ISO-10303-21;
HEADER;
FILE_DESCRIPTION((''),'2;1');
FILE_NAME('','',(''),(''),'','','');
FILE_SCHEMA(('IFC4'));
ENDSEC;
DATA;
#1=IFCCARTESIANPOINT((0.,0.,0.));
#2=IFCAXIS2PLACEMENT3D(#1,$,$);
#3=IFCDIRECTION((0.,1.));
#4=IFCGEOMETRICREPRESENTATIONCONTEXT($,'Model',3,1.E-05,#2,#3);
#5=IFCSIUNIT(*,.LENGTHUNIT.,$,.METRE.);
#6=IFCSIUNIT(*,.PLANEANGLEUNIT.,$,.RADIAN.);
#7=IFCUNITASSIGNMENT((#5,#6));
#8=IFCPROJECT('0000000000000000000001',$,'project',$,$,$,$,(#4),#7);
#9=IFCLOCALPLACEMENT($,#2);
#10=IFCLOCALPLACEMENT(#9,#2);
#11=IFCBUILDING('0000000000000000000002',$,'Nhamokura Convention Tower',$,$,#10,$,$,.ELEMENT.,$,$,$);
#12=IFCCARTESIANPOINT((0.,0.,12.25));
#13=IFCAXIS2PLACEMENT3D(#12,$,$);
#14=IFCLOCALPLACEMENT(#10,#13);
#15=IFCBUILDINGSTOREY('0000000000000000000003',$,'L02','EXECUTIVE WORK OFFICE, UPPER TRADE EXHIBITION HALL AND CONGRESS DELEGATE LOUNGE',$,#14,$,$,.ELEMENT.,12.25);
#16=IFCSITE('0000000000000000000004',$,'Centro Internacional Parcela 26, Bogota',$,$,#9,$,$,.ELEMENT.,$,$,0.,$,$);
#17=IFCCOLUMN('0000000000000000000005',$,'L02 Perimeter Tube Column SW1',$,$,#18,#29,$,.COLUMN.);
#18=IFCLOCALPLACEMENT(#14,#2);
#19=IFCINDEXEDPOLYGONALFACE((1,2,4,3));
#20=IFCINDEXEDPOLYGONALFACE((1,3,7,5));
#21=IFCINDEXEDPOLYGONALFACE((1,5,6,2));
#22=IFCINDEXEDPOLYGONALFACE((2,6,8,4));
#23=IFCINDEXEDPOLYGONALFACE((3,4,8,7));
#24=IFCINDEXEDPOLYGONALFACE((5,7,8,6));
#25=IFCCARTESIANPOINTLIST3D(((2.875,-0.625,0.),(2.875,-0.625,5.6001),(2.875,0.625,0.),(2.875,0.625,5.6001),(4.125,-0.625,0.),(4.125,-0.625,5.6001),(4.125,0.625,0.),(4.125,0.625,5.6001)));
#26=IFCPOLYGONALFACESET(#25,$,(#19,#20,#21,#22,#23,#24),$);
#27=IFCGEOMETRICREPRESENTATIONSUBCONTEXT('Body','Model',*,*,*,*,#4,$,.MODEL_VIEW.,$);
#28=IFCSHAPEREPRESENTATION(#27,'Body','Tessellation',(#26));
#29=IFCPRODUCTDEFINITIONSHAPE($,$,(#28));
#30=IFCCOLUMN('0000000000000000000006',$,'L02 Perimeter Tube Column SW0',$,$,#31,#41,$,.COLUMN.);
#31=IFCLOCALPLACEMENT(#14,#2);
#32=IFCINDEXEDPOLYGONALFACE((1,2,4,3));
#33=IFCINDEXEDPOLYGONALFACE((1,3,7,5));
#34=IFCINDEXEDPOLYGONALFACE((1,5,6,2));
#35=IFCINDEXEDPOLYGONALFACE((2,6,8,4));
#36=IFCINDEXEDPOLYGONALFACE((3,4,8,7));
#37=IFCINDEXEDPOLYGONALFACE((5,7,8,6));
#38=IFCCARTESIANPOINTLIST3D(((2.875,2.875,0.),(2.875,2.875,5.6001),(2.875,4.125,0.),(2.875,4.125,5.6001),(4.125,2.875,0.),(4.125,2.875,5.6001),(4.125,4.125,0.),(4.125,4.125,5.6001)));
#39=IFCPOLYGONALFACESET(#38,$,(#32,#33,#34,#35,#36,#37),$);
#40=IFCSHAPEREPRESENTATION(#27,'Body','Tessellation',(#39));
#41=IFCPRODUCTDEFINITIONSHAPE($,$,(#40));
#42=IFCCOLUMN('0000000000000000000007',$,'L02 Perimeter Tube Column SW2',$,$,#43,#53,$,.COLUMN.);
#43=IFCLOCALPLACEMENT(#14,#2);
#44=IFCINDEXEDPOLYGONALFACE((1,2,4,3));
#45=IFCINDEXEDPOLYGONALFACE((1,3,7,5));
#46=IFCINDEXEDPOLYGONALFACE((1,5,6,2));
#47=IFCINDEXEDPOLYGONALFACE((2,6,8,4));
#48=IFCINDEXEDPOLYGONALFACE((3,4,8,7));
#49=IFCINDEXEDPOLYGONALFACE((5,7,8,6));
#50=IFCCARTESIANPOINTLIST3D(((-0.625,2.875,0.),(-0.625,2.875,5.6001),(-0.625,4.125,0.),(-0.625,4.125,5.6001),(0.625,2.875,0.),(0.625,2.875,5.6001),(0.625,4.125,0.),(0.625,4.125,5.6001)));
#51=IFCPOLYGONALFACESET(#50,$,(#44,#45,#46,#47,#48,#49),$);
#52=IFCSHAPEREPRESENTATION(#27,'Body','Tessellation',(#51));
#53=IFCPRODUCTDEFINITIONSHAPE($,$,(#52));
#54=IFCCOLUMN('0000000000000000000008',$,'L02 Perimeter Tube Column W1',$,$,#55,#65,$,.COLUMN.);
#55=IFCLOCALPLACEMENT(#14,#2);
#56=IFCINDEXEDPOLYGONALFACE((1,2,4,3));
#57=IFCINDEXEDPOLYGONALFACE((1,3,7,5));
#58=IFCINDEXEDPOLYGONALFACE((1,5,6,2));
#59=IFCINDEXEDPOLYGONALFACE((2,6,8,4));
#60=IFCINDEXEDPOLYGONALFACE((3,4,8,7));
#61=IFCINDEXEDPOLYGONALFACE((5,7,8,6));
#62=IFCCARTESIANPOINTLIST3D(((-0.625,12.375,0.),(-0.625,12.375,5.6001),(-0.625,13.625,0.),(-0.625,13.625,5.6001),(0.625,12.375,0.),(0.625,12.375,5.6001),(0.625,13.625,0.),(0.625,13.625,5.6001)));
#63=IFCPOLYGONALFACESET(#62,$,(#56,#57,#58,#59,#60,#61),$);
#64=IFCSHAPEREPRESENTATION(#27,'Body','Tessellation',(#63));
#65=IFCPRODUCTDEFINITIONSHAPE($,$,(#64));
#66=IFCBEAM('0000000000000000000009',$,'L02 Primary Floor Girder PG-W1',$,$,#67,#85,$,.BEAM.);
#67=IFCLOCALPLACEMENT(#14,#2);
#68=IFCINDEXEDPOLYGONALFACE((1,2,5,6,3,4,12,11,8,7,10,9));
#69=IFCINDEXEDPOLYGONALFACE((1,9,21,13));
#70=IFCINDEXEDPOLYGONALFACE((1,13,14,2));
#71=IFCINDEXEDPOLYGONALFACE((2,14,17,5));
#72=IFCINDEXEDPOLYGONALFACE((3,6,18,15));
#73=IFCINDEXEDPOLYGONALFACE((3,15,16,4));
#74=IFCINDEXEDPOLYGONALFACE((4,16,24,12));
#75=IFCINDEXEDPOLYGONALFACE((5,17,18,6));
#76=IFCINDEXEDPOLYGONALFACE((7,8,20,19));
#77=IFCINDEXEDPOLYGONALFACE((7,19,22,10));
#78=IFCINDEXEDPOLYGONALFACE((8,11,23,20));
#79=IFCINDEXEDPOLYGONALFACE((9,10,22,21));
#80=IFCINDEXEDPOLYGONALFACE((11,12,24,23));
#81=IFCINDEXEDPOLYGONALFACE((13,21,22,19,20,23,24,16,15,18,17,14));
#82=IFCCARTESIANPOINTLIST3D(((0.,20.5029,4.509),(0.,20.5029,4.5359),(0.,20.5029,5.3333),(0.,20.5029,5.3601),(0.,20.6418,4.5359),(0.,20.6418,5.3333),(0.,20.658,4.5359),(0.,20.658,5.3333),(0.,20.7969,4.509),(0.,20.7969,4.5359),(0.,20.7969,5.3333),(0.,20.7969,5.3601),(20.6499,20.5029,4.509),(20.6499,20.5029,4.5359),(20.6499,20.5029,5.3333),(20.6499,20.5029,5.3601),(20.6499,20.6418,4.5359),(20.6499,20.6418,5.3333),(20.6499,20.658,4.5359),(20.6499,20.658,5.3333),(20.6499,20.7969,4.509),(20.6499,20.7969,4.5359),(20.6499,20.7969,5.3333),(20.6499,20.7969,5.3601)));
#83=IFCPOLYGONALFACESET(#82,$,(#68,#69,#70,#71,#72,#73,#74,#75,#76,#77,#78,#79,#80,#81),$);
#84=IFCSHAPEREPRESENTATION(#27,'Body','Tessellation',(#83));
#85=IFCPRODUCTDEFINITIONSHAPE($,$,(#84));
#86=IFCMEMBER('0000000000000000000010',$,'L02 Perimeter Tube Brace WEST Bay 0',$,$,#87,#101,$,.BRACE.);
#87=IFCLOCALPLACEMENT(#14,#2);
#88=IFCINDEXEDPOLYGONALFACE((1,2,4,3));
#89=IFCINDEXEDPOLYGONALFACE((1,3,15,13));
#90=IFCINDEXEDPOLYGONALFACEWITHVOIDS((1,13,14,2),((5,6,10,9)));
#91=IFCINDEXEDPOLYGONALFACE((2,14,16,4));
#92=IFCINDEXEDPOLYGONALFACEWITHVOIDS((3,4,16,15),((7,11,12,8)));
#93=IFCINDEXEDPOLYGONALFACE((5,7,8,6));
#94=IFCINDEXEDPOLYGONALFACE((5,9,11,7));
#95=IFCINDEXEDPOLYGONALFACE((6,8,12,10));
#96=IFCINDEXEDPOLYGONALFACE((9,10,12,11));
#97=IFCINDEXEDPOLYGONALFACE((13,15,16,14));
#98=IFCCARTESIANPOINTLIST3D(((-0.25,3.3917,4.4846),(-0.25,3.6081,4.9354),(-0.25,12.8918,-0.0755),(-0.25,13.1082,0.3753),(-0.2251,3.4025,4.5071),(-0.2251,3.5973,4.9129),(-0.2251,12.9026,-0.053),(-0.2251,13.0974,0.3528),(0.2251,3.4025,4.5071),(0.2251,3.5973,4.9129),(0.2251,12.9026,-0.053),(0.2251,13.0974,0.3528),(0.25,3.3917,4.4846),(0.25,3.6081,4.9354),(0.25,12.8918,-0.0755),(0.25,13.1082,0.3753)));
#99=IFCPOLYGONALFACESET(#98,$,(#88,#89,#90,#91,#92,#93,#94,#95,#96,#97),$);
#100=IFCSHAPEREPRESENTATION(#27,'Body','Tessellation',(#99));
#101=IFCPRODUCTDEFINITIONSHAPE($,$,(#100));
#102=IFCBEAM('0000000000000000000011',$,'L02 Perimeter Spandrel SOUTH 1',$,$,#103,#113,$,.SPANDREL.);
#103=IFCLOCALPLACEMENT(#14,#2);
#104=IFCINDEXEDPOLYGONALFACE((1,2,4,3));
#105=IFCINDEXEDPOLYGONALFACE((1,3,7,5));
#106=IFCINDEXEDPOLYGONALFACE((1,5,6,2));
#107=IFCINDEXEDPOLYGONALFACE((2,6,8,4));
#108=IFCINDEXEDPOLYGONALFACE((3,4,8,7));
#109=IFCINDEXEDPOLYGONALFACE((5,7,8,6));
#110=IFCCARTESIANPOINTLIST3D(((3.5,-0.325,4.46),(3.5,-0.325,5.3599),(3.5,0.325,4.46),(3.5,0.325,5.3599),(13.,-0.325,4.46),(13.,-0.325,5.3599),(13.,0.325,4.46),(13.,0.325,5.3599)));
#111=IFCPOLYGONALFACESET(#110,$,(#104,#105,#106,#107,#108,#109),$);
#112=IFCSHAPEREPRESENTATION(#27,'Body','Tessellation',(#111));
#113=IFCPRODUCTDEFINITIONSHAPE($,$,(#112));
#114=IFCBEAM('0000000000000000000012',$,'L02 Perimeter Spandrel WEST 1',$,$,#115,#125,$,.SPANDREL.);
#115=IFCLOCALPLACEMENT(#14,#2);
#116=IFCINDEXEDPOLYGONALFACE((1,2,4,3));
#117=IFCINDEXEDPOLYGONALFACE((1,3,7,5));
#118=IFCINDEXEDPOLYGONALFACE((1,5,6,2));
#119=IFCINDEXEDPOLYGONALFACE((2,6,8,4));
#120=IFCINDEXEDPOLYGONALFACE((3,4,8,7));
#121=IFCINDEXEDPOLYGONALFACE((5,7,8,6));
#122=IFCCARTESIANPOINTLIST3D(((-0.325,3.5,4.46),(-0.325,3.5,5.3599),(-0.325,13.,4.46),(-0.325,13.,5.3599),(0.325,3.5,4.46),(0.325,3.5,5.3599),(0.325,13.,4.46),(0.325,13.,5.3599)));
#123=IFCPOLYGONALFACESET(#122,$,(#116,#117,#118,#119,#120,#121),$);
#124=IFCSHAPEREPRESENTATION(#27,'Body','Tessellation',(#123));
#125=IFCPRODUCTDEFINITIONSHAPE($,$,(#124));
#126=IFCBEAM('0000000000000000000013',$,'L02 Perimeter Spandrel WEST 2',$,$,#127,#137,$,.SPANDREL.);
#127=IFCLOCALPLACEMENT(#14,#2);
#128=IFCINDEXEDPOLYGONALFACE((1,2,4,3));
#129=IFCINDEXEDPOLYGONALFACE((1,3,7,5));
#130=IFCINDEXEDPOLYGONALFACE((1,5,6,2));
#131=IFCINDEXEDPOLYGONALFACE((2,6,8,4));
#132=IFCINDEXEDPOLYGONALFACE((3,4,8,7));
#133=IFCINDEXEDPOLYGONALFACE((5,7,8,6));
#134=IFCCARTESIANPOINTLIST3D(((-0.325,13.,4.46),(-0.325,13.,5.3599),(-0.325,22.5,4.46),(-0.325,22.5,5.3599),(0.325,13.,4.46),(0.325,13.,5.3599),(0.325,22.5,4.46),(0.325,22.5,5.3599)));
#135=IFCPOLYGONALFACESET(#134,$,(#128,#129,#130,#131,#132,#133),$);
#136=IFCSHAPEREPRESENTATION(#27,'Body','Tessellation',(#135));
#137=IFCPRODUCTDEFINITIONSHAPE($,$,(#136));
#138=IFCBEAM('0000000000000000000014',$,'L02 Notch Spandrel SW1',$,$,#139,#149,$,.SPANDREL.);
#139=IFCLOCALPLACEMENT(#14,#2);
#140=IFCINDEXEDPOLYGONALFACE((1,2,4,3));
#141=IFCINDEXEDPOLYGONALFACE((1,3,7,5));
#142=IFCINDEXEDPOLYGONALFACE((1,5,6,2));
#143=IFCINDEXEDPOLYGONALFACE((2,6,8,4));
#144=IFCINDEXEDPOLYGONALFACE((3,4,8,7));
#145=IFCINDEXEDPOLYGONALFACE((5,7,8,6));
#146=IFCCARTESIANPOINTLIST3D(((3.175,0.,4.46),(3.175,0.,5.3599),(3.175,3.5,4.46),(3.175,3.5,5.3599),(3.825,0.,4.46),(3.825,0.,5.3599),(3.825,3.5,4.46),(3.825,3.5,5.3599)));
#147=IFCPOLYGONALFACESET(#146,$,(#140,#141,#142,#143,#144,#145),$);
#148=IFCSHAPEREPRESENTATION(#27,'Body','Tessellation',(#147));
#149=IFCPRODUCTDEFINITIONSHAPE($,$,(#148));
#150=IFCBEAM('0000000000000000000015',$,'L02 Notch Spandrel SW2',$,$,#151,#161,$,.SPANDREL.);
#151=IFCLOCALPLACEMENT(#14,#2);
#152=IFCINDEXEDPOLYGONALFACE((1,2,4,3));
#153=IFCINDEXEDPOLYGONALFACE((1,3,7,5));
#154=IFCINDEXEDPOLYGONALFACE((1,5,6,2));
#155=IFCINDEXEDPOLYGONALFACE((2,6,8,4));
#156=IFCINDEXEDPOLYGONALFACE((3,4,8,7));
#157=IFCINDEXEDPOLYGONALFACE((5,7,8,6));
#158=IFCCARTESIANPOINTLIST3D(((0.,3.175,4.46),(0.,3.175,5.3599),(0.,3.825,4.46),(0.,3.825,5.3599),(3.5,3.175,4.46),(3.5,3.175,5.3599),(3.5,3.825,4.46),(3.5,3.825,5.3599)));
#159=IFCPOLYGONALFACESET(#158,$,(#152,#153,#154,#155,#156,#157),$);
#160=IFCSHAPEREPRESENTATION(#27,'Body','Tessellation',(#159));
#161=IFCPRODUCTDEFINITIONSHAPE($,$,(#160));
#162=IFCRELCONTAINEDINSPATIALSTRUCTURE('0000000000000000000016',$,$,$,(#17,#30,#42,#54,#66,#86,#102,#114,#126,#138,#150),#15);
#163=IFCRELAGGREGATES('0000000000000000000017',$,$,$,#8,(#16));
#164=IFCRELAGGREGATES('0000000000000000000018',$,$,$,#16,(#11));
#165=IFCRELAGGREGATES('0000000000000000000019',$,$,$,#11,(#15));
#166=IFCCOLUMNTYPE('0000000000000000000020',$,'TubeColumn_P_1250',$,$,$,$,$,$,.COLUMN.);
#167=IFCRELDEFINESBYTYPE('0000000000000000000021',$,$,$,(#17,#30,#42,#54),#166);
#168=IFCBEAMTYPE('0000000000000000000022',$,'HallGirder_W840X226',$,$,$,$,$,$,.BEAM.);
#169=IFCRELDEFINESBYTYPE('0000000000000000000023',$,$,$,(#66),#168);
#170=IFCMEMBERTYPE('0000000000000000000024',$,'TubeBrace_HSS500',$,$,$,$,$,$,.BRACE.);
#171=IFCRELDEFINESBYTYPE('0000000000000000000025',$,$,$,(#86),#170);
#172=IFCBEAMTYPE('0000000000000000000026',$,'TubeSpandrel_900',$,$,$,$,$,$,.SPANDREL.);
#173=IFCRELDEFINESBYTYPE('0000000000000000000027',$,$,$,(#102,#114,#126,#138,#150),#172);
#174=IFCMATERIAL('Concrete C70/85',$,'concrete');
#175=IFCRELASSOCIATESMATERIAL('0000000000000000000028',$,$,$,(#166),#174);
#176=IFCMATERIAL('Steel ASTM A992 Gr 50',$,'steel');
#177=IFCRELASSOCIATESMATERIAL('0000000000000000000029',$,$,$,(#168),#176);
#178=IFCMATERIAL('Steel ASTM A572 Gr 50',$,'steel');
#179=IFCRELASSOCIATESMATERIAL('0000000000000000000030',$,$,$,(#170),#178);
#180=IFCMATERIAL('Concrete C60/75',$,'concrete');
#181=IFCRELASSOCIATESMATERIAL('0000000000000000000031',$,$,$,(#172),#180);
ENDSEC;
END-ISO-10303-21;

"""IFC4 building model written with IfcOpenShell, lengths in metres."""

from ifc_helpers import new_model, si_unit, direction, frame, origin, origin_2d, place, context, subcontext, project, spatial, rectangle, hollow_rectangle, i_section, extrude, material, material_profile, profile_set, type_object, element, save


model = new_model("IFC4")

# Units and contexts
model_context = context("Model", 3, precision=1e-05, world=origin(), true_north=direction((0.0, 1.0)))
body_context = subcontext(model_context, "Body", "Model", "MODEL_VIEW")
ifc_project = project(units=[si_unit("LENGTHUNIT", "METRE"), si_unit("PLANEANGLEUNIT", "RADIAN")], contexts=[model_context])

# Site, building, storey
site_placement = place(None, origin())
site = spatial("IfcSite", under=ifc_project, at=site_placement, Name="Centro Internacional Parcela 26, Bogota", CompositionType="ELEMENT", RefElevation=0.0)
building_placement = place(site_placement, origin())
building = spatial("IfcBuilding", under=site, at=building_placement, Name="Nhamokura Convention Tower", CompositionType="ELEMENT")
storey_placement = place(building_placement, frame((0.0, 0.0, 12.25)))
storey = spatial("IfcBuildingStorey", under=building, at=storey_placement, Name="L02", Description="EXECUTIVE WORK OFFICE, UPPER TRADE EXHIBITION HALL AND CONGRESS DELEGATE LOUNGE", CompositionType="ELEMENT", Elevation=12.25)

# Columns
ifc_material_1 = material(Name="Concrete C70/85", Category="concrete")
ifc_material_profile_1 = material_profile(ifc_material_1, rectangle(XDim=1.25, YDim=1.25, at=origin_2d()))
ifc_profile_set_1 = profile_set([ifc_material_profile_1], Name="Concrete C70/85")
column_type = type_object("IfcColumnType", Name="TubeColumn_P_1250", PredefinedType="COLUMN", material=ifc_profile_set_1)
for number, where, z_axis, x_axis, name in (
    (1, (3.5, 0.0, 0.0), (0.0, 0.0, 1.0), (1.0, 0.0, 0.0), "L02 Perimeter Tube Column SW1"),
    (2, (3.5, 3.5, 0.0), (0.0, 0.0, 1.0), (1.0, 0.0, 0.0), "L02 Perimeter Tube Column SW0"),
    (3, (0.0, 3.5, 0.0), (0.0, 0.0, 1.0), (1.0, 0.0, 0.0), "L02 Perimeter Tube Column SW2"),
    (4, (0.0, 13.0, 0.0), (0.0, 0.0, 1.0), (1.0, 0.0, 0.0), "L02 Perimeter Tube Column W1"),
):
    element("IfcColumn", number, at=place(storey_placement, frame(where, z_axis=z_axis, x_axis=x_axis)), inside=storey, type_object=column_type, Name=name, PredefinedType="COLUMN", context=body_context, shape_type="SweptSolid", body=[
        extrude(rectangle(XDim=1.25, YDim=1.25, at=origin_2d()), origin(), (0.0, 0.0, 1.0), 5.6001),
    ])

# Beam
ifc_material_2 = material(Name="Steel ASTM A992 Gr 50", Category="steel")
ifc_material_profile_2 = material_profile(ifc_material_2, i_section(OverallWidth=0.2939, OverallDepth=0.8511, WebThickness=0.0161, FlangeThickness=0.0269, at=origin_2d()))
ifc_profile_set_2 = profile_set([ifc_material_profile_2], Name="Steel ASTM A992 Gr 50")
beam_type_1 = type_object("IfcBeamType", Name="HallGirder_W840X226", PredefinedType="BEAM", material=ifc_profile_set_2)
beam_placement = place(storey_placement, frame((0.0, 20.6499, 4.9346), z_axis=(1.0, 0.0, 0.0), x_axis=(0.0, 1.0, 0.0)))
element("IfcBeam", 5, at=beam_placement, inside=storey, type_object=beam_type_1, Name="L02 Primary Floor Girder PG-W1", PredefinedType="BEAM", context=body_context, shape_type="SweptSolid", body=[
    extrude(i_section(OverallWidth=0.2939, OverallDepth=0.8511, WebThickness=0.0161, FlangeThickness=0.0269, at=origin_2d()), origin(), (0.0, 0.0, 1.0), 20.6499),
])

# Member
ifc_material_3 = material(Name="Steel ASTM A572 Gr 50", Category="steel")
ifc_material_profile_3 = material_profile(ifc_material_3, hollow_rectangle(XDim=0.5, YDim=0.5, WallThickness=0.0249, at=origin_2d()))
ifc_profile_set_3 = profile_set([ifc_material_profile_3], Name="Steel ASTM A572 Gr 50")
member_type = type_object("IfcMemberType", Name="TubeBrace_HSS500", PredefinedType="BRACE", material=ifc_profile_set_3)
member_placement = place(storey_placement, frame((0.0, 13.0, 0.1499), z_axis=(0.0, -0.901521, 0.432736), x_axis=(1.0, 0.0, 0.0)))
element("IfcMember", 6, at=member_placement, inside=storey, type_object=member_type, Name="L02 Perimeter Tube Brace WEST Bay 0", PredefinedType="BRACE", context=body_context, shape_type="SweptSolid", body=[
    extrude(hollow_rectangle(XDim=0.5, YDim=0.5, WallThickness=0.0249, at=origin_2d()), origin(), (0.0, 0.0, 1.0), 10.5378),
])

# Beams
ifc_material_4 = material(Name="Concrete C60/75", Category="concrete")
ifc_material_profile_4 = material_profile(ifc_material_4, rectangle(XDim=0.6499, YDim=0.8999, at=origin_2d()))
ifc_profile_set_4 = profile_set([ifc_material_profile_4], Name="Concrete C60/75")
beam_type_2 = type_object("IfcBeamType", Name="TubeSpandrel_900", PredefinedType="SPANDREL", material=ifc_profile_set_4)
for number, where, z_axis, x_axis, name in (
    (7, (3.5, 0.0, 4.9099), (1.0, 0.0, 0.0), (0.0, 1.0, 0.0), "L02 Perimeter Spandrel SOUTH 1"),
    (8, (0.0, 3.5, 4.9099), (0.0, 1.0, 0.0), (-1.0, 0.0, 0.0), "L02 Perimeter Spandrel WEST 1"),
    (9, (0.0, 13.0, 4.9099), (0.0, 1.0, 0.0), (-1.0, 0.0, 0.0), "L02 Perimeter Spandrel WEST 2"),
):
    element("IfcBeam", number, at=place(storey_placement, frame(where, z_axis=z_axis, x_axis=x_axis)), inside=storey, type_object=beam_type_2, Name=name, PredefinedType="SPANDREL", context=body_context, shape_type="SweptSolid", body=[
        extrude(rectangle(XDim=0.6499, YDim=0.8999, at=origin_2d()), origin(), (0.0, 0.0, 1.0), 9.5),
    ])
for number, where, z_axis, x_axis, name in (
    (10, (3.5, 0.0, 4.9099), (0.0, 1.0, 0.0), (-1.0, 0.0, 0.0), "L02 Notch Spandrel SW1"),
    (11, (3.5, 3.5, 4.9099), (-1.0, 0.0, 0.0), (0.0, -1.0, 0.0), "L02 Notch Spandrel SW2"),
):
    element("IfcBeam", number, at=place(storey_placement, frame(where, z_axis=z_axis, x_axis=x_axis)), inside=storey, type_object=beam_type_2, Name=name, PredefinedType="SPANDREL", context=body_context, shape_type="SweptSolid", body=[
        extrude(rectangle(XDim=0.6499, YDim=0.8999, at=origin_2d()), origin(), (0.0, 0.0, 1.0), 3.5),
    ])

save(model, "model.ifc")
